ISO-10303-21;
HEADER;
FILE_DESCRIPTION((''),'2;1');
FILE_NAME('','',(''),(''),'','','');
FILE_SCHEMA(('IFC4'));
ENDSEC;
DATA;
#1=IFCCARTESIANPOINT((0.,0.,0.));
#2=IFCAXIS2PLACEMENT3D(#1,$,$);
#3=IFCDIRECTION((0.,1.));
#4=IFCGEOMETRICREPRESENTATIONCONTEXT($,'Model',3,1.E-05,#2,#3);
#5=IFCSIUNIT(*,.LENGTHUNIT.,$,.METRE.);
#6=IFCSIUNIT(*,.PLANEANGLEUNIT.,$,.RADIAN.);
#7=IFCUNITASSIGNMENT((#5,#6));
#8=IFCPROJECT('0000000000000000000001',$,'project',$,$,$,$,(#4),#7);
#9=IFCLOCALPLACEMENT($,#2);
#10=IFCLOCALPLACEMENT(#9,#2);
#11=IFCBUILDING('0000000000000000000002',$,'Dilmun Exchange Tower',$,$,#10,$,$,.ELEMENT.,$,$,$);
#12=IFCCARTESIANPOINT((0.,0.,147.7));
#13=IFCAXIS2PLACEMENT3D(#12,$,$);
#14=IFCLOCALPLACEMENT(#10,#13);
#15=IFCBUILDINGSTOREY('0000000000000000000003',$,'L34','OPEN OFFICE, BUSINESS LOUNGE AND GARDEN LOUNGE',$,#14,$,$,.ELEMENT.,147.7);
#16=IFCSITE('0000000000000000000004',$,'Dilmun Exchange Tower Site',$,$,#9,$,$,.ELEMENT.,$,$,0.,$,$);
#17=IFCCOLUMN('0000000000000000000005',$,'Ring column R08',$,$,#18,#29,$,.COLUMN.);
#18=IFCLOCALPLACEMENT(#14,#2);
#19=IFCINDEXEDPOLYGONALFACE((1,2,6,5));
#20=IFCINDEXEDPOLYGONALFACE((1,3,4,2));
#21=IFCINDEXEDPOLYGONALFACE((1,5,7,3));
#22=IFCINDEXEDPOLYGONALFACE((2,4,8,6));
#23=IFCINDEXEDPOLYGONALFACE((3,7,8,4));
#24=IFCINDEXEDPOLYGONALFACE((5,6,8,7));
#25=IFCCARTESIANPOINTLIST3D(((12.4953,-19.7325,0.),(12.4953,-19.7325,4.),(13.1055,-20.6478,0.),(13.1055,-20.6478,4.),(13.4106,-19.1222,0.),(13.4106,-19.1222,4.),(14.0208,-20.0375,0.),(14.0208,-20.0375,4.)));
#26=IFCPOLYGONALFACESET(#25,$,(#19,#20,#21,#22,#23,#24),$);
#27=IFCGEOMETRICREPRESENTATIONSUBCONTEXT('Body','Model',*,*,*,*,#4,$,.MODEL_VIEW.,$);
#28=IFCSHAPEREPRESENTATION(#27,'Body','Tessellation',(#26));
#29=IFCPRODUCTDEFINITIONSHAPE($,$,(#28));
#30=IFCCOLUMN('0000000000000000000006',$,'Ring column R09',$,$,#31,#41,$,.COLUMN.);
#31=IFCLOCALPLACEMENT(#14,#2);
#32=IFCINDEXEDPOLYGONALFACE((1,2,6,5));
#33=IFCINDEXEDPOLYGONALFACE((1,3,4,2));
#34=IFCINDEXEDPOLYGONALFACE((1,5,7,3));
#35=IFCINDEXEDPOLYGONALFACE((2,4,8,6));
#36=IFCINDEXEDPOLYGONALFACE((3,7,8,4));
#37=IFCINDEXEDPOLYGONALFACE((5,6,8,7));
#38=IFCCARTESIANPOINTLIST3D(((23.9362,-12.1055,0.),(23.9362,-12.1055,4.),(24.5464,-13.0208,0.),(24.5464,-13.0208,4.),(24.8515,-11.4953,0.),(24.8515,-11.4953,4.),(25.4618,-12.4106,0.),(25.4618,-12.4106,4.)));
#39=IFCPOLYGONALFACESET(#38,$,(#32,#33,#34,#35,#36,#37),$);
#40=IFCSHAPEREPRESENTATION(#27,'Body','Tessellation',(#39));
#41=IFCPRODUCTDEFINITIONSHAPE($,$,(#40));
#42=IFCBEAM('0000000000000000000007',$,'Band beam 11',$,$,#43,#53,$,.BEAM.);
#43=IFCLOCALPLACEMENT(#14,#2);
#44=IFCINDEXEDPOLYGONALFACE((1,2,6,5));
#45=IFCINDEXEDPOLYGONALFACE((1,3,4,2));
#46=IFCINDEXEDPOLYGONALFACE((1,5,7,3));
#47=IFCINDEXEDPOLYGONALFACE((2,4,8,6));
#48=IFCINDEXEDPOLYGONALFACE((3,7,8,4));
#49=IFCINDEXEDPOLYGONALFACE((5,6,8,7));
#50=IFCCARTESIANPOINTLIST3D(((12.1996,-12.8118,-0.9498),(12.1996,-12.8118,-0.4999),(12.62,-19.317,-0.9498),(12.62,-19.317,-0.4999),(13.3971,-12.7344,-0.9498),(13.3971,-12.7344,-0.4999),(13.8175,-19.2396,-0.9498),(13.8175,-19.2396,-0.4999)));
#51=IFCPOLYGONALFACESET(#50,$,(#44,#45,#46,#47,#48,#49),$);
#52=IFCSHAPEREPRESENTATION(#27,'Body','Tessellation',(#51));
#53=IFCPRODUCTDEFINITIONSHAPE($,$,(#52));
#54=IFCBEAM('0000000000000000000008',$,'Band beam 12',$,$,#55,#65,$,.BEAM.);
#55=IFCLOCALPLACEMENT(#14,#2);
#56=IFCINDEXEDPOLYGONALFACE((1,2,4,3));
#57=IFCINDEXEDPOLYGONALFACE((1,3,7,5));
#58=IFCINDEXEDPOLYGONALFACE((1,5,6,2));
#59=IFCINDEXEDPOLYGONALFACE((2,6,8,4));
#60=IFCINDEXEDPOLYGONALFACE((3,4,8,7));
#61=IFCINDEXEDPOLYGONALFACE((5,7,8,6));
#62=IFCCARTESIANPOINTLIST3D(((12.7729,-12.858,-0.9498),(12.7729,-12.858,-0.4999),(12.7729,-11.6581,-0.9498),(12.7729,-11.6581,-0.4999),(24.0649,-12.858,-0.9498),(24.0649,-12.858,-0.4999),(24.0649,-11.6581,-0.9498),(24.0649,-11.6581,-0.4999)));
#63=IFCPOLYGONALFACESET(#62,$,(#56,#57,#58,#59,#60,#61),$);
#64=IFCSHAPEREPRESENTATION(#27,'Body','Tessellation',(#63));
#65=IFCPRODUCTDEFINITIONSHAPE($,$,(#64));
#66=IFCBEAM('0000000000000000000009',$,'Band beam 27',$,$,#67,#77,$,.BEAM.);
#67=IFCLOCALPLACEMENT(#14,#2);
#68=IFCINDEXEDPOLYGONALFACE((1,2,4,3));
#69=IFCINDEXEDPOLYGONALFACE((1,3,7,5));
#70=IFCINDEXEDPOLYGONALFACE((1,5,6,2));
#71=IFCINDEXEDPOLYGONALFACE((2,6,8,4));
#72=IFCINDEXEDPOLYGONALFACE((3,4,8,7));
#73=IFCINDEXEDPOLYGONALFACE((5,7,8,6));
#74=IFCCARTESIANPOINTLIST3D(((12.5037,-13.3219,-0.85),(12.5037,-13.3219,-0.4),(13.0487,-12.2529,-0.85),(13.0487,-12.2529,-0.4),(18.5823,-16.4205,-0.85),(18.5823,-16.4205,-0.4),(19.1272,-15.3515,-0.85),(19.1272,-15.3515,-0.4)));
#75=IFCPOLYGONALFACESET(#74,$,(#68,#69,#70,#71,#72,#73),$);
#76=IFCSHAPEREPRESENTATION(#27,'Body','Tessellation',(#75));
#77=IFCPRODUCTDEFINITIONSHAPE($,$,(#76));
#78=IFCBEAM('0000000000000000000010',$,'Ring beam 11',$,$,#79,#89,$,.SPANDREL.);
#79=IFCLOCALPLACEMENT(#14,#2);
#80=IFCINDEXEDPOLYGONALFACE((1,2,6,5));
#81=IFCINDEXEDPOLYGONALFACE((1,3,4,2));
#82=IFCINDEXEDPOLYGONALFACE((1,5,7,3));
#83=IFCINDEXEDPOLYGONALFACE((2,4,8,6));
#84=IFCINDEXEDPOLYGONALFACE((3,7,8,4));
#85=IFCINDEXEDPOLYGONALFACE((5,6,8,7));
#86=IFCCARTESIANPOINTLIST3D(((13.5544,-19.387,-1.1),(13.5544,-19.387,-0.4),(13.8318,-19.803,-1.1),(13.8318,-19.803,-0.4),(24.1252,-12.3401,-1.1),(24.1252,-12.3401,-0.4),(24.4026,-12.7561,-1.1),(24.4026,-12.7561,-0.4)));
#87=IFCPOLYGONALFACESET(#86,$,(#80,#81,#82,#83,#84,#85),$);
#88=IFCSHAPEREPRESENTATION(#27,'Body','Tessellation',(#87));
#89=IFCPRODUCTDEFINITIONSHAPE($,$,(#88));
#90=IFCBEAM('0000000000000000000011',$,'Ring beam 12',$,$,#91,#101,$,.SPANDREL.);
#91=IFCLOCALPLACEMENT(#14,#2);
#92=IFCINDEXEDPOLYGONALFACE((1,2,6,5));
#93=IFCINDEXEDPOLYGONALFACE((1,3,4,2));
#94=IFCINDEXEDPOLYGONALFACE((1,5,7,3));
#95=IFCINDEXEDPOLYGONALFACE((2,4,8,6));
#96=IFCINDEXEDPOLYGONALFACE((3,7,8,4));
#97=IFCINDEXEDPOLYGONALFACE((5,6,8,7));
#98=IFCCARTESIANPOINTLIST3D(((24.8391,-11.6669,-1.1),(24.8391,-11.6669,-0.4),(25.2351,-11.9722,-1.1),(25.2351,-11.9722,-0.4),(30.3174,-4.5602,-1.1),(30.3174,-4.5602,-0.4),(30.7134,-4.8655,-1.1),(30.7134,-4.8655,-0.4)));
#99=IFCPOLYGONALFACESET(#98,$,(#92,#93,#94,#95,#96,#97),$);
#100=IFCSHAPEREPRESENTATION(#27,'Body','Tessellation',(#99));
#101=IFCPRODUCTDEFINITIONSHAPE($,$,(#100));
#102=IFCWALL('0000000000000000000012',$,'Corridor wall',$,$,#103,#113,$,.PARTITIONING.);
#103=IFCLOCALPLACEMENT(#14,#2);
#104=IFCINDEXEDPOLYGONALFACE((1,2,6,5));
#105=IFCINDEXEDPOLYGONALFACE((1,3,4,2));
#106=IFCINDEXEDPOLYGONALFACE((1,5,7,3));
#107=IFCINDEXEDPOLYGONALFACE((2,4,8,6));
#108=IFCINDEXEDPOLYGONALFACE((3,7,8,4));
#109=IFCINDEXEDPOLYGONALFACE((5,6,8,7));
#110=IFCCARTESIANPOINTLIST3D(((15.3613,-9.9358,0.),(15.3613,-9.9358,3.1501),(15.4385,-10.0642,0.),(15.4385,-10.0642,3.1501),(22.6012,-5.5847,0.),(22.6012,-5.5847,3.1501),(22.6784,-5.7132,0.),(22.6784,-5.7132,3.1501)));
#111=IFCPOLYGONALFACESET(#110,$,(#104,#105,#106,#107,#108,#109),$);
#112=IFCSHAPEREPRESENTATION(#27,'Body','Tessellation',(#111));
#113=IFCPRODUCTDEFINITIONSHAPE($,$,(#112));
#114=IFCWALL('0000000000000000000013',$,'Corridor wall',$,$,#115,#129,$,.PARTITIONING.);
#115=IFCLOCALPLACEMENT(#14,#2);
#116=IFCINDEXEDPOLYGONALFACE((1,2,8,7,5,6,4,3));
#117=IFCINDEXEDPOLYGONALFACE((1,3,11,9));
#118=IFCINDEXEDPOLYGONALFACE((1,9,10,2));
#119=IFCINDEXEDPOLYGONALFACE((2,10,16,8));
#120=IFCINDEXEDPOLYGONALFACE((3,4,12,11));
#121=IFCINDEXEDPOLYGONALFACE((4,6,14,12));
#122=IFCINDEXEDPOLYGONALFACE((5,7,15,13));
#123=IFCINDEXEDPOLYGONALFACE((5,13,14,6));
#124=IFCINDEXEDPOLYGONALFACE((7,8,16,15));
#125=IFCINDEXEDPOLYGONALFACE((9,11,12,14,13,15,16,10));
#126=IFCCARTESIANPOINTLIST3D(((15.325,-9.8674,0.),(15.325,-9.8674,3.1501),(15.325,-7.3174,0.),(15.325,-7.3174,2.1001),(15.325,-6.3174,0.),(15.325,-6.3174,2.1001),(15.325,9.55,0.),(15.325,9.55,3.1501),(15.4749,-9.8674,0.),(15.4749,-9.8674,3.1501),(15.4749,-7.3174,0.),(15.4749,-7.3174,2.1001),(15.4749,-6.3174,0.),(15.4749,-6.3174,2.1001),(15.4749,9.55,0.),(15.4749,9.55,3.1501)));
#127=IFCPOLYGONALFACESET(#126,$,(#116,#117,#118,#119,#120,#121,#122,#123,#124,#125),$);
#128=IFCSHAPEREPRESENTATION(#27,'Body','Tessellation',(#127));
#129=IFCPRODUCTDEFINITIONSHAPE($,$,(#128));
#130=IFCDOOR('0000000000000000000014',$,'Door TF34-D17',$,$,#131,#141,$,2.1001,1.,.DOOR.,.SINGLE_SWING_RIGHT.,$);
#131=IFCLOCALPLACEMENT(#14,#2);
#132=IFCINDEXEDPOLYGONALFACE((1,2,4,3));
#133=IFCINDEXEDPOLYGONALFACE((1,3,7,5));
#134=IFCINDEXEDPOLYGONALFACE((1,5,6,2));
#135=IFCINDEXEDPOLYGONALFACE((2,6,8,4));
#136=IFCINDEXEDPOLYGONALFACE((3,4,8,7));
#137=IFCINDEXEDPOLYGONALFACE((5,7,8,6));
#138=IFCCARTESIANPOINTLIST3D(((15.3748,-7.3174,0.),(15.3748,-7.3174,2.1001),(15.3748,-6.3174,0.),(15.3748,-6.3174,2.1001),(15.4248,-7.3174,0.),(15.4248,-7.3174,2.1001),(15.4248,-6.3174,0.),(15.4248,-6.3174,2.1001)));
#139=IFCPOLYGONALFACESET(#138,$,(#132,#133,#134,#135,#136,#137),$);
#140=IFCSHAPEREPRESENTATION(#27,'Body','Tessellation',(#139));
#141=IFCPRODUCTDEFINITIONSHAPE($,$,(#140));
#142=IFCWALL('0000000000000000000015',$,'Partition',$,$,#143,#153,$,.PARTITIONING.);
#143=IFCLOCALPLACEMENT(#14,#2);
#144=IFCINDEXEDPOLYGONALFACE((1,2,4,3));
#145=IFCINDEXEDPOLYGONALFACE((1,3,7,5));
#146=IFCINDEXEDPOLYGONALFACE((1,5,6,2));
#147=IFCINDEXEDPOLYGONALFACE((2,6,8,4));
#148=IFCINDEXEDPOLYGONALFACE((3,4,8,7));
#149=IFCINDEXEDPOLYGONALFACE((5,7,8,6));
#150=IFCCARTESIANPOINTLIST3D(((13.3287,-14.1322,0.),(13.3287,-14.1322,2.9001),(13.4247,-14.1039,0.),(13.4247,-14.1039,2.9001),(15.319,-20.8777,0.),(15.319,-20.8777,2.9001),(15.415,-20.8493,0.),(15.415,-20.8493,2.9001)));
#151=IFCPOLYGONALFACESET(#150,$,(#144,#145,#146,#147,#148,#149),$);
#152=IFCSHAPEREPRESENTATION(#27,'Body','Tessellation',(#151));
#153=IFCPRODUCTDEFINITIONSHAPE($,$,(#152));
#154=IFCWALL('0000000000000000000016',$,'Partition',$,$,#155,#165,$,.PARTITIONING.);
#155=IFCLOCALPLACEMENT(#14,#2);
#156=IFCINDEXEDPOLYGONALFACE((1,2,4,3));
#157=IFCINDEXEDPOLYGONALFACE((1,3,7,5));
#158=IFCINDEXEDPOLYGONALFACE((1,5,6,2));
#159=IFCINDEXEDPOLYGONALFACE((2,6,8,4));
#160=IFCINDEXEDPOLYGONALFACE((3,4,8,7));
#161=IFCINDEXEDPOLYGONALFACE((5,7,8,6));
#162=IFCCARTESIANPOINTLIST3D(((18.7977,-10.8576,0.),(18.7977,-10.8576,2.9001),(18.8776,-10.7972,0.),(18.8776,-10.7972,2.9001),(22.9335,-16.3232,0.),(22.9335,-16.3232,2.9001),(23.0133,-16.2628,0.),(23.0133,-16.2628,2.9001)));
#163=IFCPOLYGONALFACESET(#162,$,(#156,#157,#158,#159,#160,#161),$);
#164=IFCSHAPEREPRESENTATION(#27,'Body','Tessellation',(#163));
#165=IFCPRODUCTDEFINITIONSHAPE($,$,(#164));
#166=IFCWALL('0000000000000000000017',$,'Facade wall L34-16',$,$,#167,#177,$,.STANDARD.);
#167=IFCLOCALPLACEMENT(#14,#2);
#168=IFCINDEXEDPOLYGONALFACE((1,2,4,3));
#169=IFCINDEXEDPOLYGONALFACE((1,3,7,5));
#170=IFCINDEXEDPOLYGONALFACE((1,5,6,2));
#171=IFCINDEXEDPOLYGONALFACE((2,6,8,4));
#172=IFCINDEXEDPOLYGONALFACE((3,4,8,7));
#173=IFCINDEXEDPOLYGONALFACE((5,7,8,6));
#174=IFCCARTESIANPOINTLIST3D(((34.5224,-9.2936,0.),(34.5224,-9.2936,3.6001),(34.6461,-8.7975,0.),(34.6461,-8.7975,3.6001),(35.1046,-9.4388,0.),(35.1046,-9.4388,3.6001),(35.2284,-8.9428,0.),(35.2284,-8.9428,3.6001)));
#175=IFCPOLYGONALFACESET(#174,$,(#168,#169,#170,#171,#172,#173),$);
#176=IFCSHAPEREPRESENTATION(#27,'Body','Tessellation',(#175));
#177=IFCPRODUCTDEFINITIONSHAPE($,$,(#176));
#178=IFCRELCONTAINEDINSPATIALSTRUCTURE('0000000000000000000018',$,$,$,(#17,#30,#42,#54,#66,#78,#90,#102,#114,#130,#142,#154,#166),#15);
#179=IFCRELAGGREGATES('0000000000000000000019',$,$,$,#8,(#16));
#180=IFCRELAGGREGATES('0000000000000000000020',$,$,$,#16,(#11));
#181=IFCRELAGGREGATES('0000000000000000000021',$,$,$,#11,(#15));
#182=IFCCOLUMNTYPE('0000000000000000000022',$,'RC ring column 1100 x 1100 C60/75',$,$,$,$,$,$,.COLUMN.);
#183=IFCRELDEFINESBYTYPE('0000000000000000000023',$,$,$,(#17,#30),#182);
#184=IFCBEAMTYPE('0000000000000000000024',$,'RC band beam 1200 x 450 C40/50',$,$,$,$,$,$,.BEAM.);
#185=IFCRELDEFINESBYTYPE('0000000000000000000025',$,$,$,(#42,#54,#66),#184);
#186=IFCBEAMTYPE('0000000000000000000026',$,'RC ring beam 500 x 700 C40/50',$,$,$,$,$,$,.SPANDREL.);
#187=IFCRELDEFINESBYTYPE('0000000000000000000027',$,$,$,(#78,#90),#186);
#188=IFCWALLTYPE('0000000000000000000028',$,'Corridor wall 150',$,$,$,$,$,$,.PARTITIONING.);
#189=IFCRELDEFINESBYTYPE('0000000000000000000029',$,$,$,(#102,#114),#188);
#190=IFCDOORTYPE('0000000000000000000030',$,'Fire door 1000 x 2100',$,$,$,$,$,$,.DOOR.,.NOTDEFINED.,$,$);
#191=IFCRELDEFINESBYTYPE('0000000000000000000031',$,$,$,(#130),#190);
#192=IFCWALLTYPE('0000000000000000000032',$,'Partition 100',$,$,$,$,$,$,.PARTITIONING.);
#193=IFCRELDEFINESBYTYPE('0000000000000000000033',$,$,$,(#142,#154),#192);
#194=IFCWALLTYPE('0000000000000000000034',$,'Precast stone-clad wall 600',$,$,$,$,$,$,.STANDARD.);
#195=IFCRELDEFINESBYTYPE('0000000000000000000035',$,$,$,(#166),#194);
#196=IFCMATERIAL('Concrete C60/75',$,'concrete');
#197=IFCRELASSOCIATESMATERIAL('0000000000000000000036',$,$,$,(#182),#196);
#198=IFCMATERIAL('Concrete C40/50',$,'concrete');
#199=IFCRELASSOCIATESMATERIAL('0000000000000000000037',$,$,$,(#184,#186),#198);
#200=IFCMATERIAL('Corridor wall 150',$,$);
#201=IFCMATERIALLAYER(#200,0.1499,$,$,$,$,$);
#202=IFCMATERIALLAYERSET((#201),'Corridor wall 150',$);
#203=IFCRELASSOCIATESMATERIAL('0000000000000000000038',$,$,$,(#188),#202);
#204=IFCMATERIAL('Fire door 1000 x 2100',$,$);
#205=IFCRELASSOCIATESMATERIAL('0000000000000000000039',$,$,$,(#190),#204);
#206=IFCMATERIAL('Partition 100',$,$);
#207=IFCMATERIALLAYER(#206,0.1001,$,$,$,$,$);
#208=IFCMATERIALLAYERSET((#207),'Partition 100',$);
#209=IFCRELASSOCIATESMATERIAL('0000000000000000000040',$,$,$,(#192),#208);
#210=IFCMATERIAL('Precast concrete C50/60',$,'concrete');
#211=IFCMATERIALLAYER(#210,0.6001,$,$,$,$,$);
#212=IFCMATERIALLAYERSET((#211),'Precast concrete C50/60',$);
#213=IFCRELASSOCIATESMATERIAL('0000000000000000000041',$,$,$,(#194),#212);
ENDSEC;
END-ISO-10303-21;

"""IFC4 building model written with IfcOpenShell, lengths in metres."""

from ifc_helpers import new_model, si_unit, direction, frame, frame_2d, origin, origin_2d, place, context, subcontext, project, spatial, rectangle, extrude, material, layer, layer_set, material_profile, profile_set, type_object, element, fill, save


model = new_model("IFC4")

# Units and contexts
model_context = context("Model", 3, precision=1e-05, world=origin(), true_north=direction((0.0, 1.0)))
body_context = subcontext(model_context, "Body", "Model", "MODEL_VIEW")
ifc_project = project(units=[si_unit("LENGTHUNIT", "METRE"), si_unit("PLANEANGLEUNIT", "RADIAN")], contexts=[model_context])

# Site, building, storey
site_placement = place(None, origin())
site = spatial("IfcSite", under=ifc_project, at=site_placement, Name="Dilmun Exchange Tower Site", CompositionType="ELEMENT", RefElevation=0.0)
building_placement = place(site_placement, origin())
building = spatial("IfcBuilding", under=site, at=building_placement, Name="Dilmun Exchange Tower", CompositionType="ELEMENT")
storey_placement = place(building_placement, frame((0.0, 0.0, 147.7)))
storey = spatial("IfcBuildingStorey", under=building, at=storey_placement, Name="L34", Description="OPEN OFFICE, BUSINESS LOUNGE AND GARDEN LOUNGE", CompositionType="ELEMENT", Elevation=147.7)

# Columns
ifc_material_1 = material(Name="Concrete C60/75", Category="concrete")
ifc_material_profile_1 = material_profile(ifc_material_1, rectangle(XDim=1.1001, YDim=1.1001, at=origin_2d()), Name="1100 x 1100")
ifc_profile_set_1 = profile_set([ifc_material_profile_1], Name="Concrete C60/75")
column_type = type_object("IfcColumnType", Name="RC ring column 1100 x 1100 C60/75", PredefinedType="COLUMN", material=ifc_profile_set_1)
for number, where, z_axis, x_axis, name in (
    (1, (13.2581, -19.885, 0.0), (0.0, 0.0, 1.0), (0.832029, 0.554733, 0.0), "Ring column R08"),
    (2, (24.699, -12.2581, 0.0), (0.0, 0.0, 1.0), (0.832029, 0.554733, 0.0), "Ring column R09"),
):
    element("IfcColumn", number, at=place(storey_placement, frame(where, z_axis=z_axis, x_axis=x_axis)), inside=storey, type_object=column_type, Name=name, PredefinedType="COLUMN", context=body_context, shape_type="SweptSolid", body=[
        extrude(rectangle(XDim=1.1001, YDim=1.1001, at=origin_2d()), origin(), (0.0, 0.0, 1.0), 4.0),
    ])

# Beams
ifc_material_2 = material(Name="Concrete C40/50", Category="concrete")
ifc_material_profile_2 = material_profile(ifc_material_2, rectangle(XDim=1.2, YDim=0.45, at=origin_2d()), Name="1200 x 450")
ifc_profile_set_2 = profile_set([ifc_material_profile_2], Name="Concrete C40/50")
beam_type_1 = type_object("IfcBeamType", Name="RC band beam 1200 x 450 C40/50", PredefinedType="BEAM", material=ifc_profile_set_2)
beam_1_placement = place(storey_placement, frame((13.2188, -19.2783, -0.7249), z_axis=(-0.064493, 0.997918, 0.0), x_axis=(-0.997918, -0.064493, 0.0)))
element("IfcBeam", 3, at=beam_1_placement, inside=storey, type_object=beam_type_1, Name="Band beam 11", PredefinedType="BEAM", context=body_context, shape_type="SweptSolid", body=[
    extrude(rectangle(XDim=1.2, YDim=0.45, at=origin_2d()), origin(), (0.0, 0.0, 1.0), 6.5188),
])
beam_2_placement = place(storey_placement, frame((24.0649, -12.2581, -0.7249), z_axis=(-1.0, 0.0, 0.0), x_axis=(0.0, -1.0, 0.0)))
element("IfcBeam", 4, at=beam_2_placement, inside=storey, type_object=beam_type_1, Name="Band beam 12", PredefinedType="BEAM", context=body_context, shape_type="SweptSolid", body=[
    extrude(rectangle(XDim=1.2, YDim=0.45, at=origin_2d()), origin(), (0.0, 0.0, 1.0), 11.292),
])
beam_3_placement = place(storey_placement, frame((18.8547, -15.886, -0.625), z_axis=(-0.890922, 0.454156, 0.0), x_axis=(-0.454156, -0.890922, 0.0)))
element("IfcBeam", 5, at=beam_3_placement, inside=storey, type_object=beam_type_1, Name="Band beam 27", PredefinedType="BEAM", context=body_context, shape_type="SweptSolid", body=[
    extrude(rectangle(XDim=1.2, YDim=0.45, at=origin_2d()), origin(), (0.0, 0.0, 1.0), 6.8228),
])
ifc_material_profile_3 = material_profile(ifc_material_2, rectangle(XDim=0.5, YDim=0.7, at=origin_2d()), Name="500 x 700")
ifc_profile_set_3 = profile_set([ifc_material_profile_3], Name="Concrete C40/50")
beam_type_2 = type_object("IfcBeamType", Name="RC ring beam 500 x 700 C40/50", PredefinedType="SPANDREL", material=ifc_profile_set_3)
beam_4_placement = place(storey_placement, frame((13.6931, -19.595, -0.75), z_axis=(0.832062, 0.554682, 0.0), x_axis=(-0.554682, 0.832062, 0.0)))
element("IfcBeam", 6, at=beam_4_placement, inside=storey, type_object=beam_type_2, Name="Ring beam 11", PredefinedType="SPANDREL", context=body_context, shape_type="SweptSolid", body=[
    extrude(rectangle(XDim=0.5, YDim=0.7, at=origin_2d()), origin(), (0.0, 0.0, 1.0), 12.7043),
])
beam_5_placement = place(storey_placement, frame((25.0371, -11.8196, -0.75), z_axis=(0.610522, 0.792, 0.0), x_axis=(-0.792, 0.610522, 0.0)))
element("IfcBeam", 7, at=beam_5_placement, inside=storey, type_object=beam_type_2, Name="Ring beam 12", PredefinedType="SPANDREL", context=body_context, shape_type="SweptSolid", body=[
    extrude(rectangle(XDim=0.5, YDim=0.7, at=origin_2d()), origin(), (0.0, 0.0, 1.0), 8.9731),
])

# Wall
ifc_material_3 = material(Name="Corridor wall 150")
ifc_layer_1 = layer(ifc_material_3, 0.1499)
ifc_layer_set_1 = layer_set([ifc_layer_1], Name="Corridor wall 150")
wall_type_1 = type_object("IfcWallType", Name="Corridor wall 150", PredefinedType="PARTITIONING", material=ifc_layer_set_1)
wall_1_placement = place(storey_placement, frame((15.3999, -10.0, 0.0), z_axis=(0.0, 0.0, 1.0), x_axis=(0.857123, 0.515112, 0.0)))
element("IfcWall", 8, at=wall_1_placement, inside=storey, type_object=wall_type_1, Name="Corridor wall", PredefinedType="PARTITIONING", context=body_context, shape_type="SweptSolid", body=[
    extrude(rectangle(XDim=8.4468, YDim=0.1499, at=frame_2d((4.2234, 0.0))), origin(), (0.0, 0.0, 1.0), 3.1501),
])

# Wall, opening, door
wall_2_placement = place(storey_placement, frame((15.3999, -9.8674, 0.0), z_axis=(0.0, 0.0, 1.0), x_axis=(0.0, 1.0, 0.0)))
wall_2 = element("IfcWall", 9, at=wall_2_placement, inside=storey, type_object=wall_type_1, Name="Corridor wall", PredefinedType="PARTITIONING", context=body_context, shape_type="SweptSolid", body=[
    extrude(rectangle(XDim=19.4175, YDim=0.1499, at=frame_2d((9.7087, 0.0))), origin(), (0.0, 0.0, 1.0), 3.1501),
])
opening_1_placement = place(wall_2_placement, frame((2.55, 0.0, 0.0)))
opening_1 = element("IfcOpeningElement", 10, at=opening_1_placement, cuts=wall_2, PredefinedType="OPENING", context=body_context, shape_type="SweptSolid", body=[
    extrude(rectangle(XDim=1.0, YDim=2.1001, at=frame_2d((0.5, 1.05))), frame((0.0, 0.085, 0.0), z_axis=(0.0, -1.0, 0.0), x_axis=(1.0, 0.0, 0.0)), (0.0, 0.0, 1.0), 0.1699),
])
ifc_material_4 = material(Name="Fire door 1000 x 2100")
door_type_1 = type_object("IfcDoorType", Name="Fire door 1000 x 2100", OperationType="NOTDEFINED", PredefinedType="DOOR", material=ifc_material_4)
door_1_placement = place(opening_1_placement, frame((1.0, 0.0, 0.0), z_axis=(0.0, 0.0, 1.0), x_axis=(-1.0, 0.0, 0.0)))
door_1 = element("IfcDoor", 11, at=door_1_placement, inside=storey, type_object=door_type_1, Name="Door TF34-D17", OperationType="SINGLE_SWING_RIGHT", OverallHeight=2.1001, OverallWidth=1.0, PredefinedType="DOOR", context=body_context, shape_type="SweptSolid", body=[
    extrude(rectangle(XDim=1.0, YDim=2.1001, at=frame_2d((0.5, 1.05))), frame((0.0, 0.0249, 0.0), z_axis=(0.0, -1.0, 0.0), x_axis=(1.0, 0.0, 0.0)), (0.0, 0.0, 1.0), 0.05),
])
fill(opening_1, door_1)

# Walls
ifc_material_5 = material(Name="Partition 100")
ifc_layer_2 = layer(ifc_material_5, 0.1001)
ifc_layer_set_2 = layer_set([ifc_layer_2], Name="Partition 100")
wall_type_2 = type_object("IfcWallType", Name="Partition 100", PredefinedType="PARTITIONING", material=ifc_layer_set_2)
wall_3_placement = place(storey_placement, frame((13.3767, -14.1179, 0.0), z_axis=(0.0, 0.0, 1.0), x_axis=(0.282991, -0.959122, 0.0)))
element("IfcWall", 12, at=wall_3_placement, inside=storey, type_object=wall_type_2, Name="Partition", PredefinedType="PARTITIONING", context=body_context, shape_type="SweptSolid", body=[
    extrude(rectangle(XDim=7.033, YDim=0.1001, at=frame_2d((3.5166, 0.0))), origin(), (0.0, 0.0, 1.0), 2.9001),
])
wall_4_placement = place(storey_placement, frame((18.8376, -10.8274, 0.0), z_axis=(0.0, 0.0, 1.0), x_axis=(0.603408, -0.797432, 0.0)))
element("IfcWall", 13, at=wall_4_placement, inside=storey, type_object=wall_type_2, Name="Partition", PredefinedType="PARTITIONING", context=body_context, shape_type="SweptSolid", body=[
    extrude(rectangle(XDim=6.854, YDim=0.1001, at=frame_2d((3.427, 0.0))), origin(), (0.0, 0.0, 1.0), 2.9001),
])
ifc_material_6 = material(Name="Precast concrete C50/60", Category="concrete")
ifc_layer_3 = layer(ifc_material_6, 0.6001)
ifc_layer_set_3 = layer_set([ifc_layer_3], Name="Precast concrete C50/60")
wall_type_3 = type_object("IfcWallType", Name="Precast stone-clad wall 600", PredefinedType="STANDARD", material=ifc_layer_set_3)
wall_5_placement = place(storey_placement, frame((34.8135, -9.3662, 0.0), z_axis=(0.0, 0.0, 1.0), x_axis=(0.242086, 0.970255, 0.0)))
element("IfcWall", 14, at=wall_5_placement, inside=storey, type_object=wall_type_3, Name="Facade wall L34-16", PredefinedType="STANDARD", context=body_context, shape_type="SweptSolid", body=[
    extrude(rectangle(XDim=0.5112, YDim=0.6001, at=frame_2d((0.2556, 0.0))), origin(), (0.0, 0.0, 1.0), 3.6001),
])

save(model, "model.ifc")
